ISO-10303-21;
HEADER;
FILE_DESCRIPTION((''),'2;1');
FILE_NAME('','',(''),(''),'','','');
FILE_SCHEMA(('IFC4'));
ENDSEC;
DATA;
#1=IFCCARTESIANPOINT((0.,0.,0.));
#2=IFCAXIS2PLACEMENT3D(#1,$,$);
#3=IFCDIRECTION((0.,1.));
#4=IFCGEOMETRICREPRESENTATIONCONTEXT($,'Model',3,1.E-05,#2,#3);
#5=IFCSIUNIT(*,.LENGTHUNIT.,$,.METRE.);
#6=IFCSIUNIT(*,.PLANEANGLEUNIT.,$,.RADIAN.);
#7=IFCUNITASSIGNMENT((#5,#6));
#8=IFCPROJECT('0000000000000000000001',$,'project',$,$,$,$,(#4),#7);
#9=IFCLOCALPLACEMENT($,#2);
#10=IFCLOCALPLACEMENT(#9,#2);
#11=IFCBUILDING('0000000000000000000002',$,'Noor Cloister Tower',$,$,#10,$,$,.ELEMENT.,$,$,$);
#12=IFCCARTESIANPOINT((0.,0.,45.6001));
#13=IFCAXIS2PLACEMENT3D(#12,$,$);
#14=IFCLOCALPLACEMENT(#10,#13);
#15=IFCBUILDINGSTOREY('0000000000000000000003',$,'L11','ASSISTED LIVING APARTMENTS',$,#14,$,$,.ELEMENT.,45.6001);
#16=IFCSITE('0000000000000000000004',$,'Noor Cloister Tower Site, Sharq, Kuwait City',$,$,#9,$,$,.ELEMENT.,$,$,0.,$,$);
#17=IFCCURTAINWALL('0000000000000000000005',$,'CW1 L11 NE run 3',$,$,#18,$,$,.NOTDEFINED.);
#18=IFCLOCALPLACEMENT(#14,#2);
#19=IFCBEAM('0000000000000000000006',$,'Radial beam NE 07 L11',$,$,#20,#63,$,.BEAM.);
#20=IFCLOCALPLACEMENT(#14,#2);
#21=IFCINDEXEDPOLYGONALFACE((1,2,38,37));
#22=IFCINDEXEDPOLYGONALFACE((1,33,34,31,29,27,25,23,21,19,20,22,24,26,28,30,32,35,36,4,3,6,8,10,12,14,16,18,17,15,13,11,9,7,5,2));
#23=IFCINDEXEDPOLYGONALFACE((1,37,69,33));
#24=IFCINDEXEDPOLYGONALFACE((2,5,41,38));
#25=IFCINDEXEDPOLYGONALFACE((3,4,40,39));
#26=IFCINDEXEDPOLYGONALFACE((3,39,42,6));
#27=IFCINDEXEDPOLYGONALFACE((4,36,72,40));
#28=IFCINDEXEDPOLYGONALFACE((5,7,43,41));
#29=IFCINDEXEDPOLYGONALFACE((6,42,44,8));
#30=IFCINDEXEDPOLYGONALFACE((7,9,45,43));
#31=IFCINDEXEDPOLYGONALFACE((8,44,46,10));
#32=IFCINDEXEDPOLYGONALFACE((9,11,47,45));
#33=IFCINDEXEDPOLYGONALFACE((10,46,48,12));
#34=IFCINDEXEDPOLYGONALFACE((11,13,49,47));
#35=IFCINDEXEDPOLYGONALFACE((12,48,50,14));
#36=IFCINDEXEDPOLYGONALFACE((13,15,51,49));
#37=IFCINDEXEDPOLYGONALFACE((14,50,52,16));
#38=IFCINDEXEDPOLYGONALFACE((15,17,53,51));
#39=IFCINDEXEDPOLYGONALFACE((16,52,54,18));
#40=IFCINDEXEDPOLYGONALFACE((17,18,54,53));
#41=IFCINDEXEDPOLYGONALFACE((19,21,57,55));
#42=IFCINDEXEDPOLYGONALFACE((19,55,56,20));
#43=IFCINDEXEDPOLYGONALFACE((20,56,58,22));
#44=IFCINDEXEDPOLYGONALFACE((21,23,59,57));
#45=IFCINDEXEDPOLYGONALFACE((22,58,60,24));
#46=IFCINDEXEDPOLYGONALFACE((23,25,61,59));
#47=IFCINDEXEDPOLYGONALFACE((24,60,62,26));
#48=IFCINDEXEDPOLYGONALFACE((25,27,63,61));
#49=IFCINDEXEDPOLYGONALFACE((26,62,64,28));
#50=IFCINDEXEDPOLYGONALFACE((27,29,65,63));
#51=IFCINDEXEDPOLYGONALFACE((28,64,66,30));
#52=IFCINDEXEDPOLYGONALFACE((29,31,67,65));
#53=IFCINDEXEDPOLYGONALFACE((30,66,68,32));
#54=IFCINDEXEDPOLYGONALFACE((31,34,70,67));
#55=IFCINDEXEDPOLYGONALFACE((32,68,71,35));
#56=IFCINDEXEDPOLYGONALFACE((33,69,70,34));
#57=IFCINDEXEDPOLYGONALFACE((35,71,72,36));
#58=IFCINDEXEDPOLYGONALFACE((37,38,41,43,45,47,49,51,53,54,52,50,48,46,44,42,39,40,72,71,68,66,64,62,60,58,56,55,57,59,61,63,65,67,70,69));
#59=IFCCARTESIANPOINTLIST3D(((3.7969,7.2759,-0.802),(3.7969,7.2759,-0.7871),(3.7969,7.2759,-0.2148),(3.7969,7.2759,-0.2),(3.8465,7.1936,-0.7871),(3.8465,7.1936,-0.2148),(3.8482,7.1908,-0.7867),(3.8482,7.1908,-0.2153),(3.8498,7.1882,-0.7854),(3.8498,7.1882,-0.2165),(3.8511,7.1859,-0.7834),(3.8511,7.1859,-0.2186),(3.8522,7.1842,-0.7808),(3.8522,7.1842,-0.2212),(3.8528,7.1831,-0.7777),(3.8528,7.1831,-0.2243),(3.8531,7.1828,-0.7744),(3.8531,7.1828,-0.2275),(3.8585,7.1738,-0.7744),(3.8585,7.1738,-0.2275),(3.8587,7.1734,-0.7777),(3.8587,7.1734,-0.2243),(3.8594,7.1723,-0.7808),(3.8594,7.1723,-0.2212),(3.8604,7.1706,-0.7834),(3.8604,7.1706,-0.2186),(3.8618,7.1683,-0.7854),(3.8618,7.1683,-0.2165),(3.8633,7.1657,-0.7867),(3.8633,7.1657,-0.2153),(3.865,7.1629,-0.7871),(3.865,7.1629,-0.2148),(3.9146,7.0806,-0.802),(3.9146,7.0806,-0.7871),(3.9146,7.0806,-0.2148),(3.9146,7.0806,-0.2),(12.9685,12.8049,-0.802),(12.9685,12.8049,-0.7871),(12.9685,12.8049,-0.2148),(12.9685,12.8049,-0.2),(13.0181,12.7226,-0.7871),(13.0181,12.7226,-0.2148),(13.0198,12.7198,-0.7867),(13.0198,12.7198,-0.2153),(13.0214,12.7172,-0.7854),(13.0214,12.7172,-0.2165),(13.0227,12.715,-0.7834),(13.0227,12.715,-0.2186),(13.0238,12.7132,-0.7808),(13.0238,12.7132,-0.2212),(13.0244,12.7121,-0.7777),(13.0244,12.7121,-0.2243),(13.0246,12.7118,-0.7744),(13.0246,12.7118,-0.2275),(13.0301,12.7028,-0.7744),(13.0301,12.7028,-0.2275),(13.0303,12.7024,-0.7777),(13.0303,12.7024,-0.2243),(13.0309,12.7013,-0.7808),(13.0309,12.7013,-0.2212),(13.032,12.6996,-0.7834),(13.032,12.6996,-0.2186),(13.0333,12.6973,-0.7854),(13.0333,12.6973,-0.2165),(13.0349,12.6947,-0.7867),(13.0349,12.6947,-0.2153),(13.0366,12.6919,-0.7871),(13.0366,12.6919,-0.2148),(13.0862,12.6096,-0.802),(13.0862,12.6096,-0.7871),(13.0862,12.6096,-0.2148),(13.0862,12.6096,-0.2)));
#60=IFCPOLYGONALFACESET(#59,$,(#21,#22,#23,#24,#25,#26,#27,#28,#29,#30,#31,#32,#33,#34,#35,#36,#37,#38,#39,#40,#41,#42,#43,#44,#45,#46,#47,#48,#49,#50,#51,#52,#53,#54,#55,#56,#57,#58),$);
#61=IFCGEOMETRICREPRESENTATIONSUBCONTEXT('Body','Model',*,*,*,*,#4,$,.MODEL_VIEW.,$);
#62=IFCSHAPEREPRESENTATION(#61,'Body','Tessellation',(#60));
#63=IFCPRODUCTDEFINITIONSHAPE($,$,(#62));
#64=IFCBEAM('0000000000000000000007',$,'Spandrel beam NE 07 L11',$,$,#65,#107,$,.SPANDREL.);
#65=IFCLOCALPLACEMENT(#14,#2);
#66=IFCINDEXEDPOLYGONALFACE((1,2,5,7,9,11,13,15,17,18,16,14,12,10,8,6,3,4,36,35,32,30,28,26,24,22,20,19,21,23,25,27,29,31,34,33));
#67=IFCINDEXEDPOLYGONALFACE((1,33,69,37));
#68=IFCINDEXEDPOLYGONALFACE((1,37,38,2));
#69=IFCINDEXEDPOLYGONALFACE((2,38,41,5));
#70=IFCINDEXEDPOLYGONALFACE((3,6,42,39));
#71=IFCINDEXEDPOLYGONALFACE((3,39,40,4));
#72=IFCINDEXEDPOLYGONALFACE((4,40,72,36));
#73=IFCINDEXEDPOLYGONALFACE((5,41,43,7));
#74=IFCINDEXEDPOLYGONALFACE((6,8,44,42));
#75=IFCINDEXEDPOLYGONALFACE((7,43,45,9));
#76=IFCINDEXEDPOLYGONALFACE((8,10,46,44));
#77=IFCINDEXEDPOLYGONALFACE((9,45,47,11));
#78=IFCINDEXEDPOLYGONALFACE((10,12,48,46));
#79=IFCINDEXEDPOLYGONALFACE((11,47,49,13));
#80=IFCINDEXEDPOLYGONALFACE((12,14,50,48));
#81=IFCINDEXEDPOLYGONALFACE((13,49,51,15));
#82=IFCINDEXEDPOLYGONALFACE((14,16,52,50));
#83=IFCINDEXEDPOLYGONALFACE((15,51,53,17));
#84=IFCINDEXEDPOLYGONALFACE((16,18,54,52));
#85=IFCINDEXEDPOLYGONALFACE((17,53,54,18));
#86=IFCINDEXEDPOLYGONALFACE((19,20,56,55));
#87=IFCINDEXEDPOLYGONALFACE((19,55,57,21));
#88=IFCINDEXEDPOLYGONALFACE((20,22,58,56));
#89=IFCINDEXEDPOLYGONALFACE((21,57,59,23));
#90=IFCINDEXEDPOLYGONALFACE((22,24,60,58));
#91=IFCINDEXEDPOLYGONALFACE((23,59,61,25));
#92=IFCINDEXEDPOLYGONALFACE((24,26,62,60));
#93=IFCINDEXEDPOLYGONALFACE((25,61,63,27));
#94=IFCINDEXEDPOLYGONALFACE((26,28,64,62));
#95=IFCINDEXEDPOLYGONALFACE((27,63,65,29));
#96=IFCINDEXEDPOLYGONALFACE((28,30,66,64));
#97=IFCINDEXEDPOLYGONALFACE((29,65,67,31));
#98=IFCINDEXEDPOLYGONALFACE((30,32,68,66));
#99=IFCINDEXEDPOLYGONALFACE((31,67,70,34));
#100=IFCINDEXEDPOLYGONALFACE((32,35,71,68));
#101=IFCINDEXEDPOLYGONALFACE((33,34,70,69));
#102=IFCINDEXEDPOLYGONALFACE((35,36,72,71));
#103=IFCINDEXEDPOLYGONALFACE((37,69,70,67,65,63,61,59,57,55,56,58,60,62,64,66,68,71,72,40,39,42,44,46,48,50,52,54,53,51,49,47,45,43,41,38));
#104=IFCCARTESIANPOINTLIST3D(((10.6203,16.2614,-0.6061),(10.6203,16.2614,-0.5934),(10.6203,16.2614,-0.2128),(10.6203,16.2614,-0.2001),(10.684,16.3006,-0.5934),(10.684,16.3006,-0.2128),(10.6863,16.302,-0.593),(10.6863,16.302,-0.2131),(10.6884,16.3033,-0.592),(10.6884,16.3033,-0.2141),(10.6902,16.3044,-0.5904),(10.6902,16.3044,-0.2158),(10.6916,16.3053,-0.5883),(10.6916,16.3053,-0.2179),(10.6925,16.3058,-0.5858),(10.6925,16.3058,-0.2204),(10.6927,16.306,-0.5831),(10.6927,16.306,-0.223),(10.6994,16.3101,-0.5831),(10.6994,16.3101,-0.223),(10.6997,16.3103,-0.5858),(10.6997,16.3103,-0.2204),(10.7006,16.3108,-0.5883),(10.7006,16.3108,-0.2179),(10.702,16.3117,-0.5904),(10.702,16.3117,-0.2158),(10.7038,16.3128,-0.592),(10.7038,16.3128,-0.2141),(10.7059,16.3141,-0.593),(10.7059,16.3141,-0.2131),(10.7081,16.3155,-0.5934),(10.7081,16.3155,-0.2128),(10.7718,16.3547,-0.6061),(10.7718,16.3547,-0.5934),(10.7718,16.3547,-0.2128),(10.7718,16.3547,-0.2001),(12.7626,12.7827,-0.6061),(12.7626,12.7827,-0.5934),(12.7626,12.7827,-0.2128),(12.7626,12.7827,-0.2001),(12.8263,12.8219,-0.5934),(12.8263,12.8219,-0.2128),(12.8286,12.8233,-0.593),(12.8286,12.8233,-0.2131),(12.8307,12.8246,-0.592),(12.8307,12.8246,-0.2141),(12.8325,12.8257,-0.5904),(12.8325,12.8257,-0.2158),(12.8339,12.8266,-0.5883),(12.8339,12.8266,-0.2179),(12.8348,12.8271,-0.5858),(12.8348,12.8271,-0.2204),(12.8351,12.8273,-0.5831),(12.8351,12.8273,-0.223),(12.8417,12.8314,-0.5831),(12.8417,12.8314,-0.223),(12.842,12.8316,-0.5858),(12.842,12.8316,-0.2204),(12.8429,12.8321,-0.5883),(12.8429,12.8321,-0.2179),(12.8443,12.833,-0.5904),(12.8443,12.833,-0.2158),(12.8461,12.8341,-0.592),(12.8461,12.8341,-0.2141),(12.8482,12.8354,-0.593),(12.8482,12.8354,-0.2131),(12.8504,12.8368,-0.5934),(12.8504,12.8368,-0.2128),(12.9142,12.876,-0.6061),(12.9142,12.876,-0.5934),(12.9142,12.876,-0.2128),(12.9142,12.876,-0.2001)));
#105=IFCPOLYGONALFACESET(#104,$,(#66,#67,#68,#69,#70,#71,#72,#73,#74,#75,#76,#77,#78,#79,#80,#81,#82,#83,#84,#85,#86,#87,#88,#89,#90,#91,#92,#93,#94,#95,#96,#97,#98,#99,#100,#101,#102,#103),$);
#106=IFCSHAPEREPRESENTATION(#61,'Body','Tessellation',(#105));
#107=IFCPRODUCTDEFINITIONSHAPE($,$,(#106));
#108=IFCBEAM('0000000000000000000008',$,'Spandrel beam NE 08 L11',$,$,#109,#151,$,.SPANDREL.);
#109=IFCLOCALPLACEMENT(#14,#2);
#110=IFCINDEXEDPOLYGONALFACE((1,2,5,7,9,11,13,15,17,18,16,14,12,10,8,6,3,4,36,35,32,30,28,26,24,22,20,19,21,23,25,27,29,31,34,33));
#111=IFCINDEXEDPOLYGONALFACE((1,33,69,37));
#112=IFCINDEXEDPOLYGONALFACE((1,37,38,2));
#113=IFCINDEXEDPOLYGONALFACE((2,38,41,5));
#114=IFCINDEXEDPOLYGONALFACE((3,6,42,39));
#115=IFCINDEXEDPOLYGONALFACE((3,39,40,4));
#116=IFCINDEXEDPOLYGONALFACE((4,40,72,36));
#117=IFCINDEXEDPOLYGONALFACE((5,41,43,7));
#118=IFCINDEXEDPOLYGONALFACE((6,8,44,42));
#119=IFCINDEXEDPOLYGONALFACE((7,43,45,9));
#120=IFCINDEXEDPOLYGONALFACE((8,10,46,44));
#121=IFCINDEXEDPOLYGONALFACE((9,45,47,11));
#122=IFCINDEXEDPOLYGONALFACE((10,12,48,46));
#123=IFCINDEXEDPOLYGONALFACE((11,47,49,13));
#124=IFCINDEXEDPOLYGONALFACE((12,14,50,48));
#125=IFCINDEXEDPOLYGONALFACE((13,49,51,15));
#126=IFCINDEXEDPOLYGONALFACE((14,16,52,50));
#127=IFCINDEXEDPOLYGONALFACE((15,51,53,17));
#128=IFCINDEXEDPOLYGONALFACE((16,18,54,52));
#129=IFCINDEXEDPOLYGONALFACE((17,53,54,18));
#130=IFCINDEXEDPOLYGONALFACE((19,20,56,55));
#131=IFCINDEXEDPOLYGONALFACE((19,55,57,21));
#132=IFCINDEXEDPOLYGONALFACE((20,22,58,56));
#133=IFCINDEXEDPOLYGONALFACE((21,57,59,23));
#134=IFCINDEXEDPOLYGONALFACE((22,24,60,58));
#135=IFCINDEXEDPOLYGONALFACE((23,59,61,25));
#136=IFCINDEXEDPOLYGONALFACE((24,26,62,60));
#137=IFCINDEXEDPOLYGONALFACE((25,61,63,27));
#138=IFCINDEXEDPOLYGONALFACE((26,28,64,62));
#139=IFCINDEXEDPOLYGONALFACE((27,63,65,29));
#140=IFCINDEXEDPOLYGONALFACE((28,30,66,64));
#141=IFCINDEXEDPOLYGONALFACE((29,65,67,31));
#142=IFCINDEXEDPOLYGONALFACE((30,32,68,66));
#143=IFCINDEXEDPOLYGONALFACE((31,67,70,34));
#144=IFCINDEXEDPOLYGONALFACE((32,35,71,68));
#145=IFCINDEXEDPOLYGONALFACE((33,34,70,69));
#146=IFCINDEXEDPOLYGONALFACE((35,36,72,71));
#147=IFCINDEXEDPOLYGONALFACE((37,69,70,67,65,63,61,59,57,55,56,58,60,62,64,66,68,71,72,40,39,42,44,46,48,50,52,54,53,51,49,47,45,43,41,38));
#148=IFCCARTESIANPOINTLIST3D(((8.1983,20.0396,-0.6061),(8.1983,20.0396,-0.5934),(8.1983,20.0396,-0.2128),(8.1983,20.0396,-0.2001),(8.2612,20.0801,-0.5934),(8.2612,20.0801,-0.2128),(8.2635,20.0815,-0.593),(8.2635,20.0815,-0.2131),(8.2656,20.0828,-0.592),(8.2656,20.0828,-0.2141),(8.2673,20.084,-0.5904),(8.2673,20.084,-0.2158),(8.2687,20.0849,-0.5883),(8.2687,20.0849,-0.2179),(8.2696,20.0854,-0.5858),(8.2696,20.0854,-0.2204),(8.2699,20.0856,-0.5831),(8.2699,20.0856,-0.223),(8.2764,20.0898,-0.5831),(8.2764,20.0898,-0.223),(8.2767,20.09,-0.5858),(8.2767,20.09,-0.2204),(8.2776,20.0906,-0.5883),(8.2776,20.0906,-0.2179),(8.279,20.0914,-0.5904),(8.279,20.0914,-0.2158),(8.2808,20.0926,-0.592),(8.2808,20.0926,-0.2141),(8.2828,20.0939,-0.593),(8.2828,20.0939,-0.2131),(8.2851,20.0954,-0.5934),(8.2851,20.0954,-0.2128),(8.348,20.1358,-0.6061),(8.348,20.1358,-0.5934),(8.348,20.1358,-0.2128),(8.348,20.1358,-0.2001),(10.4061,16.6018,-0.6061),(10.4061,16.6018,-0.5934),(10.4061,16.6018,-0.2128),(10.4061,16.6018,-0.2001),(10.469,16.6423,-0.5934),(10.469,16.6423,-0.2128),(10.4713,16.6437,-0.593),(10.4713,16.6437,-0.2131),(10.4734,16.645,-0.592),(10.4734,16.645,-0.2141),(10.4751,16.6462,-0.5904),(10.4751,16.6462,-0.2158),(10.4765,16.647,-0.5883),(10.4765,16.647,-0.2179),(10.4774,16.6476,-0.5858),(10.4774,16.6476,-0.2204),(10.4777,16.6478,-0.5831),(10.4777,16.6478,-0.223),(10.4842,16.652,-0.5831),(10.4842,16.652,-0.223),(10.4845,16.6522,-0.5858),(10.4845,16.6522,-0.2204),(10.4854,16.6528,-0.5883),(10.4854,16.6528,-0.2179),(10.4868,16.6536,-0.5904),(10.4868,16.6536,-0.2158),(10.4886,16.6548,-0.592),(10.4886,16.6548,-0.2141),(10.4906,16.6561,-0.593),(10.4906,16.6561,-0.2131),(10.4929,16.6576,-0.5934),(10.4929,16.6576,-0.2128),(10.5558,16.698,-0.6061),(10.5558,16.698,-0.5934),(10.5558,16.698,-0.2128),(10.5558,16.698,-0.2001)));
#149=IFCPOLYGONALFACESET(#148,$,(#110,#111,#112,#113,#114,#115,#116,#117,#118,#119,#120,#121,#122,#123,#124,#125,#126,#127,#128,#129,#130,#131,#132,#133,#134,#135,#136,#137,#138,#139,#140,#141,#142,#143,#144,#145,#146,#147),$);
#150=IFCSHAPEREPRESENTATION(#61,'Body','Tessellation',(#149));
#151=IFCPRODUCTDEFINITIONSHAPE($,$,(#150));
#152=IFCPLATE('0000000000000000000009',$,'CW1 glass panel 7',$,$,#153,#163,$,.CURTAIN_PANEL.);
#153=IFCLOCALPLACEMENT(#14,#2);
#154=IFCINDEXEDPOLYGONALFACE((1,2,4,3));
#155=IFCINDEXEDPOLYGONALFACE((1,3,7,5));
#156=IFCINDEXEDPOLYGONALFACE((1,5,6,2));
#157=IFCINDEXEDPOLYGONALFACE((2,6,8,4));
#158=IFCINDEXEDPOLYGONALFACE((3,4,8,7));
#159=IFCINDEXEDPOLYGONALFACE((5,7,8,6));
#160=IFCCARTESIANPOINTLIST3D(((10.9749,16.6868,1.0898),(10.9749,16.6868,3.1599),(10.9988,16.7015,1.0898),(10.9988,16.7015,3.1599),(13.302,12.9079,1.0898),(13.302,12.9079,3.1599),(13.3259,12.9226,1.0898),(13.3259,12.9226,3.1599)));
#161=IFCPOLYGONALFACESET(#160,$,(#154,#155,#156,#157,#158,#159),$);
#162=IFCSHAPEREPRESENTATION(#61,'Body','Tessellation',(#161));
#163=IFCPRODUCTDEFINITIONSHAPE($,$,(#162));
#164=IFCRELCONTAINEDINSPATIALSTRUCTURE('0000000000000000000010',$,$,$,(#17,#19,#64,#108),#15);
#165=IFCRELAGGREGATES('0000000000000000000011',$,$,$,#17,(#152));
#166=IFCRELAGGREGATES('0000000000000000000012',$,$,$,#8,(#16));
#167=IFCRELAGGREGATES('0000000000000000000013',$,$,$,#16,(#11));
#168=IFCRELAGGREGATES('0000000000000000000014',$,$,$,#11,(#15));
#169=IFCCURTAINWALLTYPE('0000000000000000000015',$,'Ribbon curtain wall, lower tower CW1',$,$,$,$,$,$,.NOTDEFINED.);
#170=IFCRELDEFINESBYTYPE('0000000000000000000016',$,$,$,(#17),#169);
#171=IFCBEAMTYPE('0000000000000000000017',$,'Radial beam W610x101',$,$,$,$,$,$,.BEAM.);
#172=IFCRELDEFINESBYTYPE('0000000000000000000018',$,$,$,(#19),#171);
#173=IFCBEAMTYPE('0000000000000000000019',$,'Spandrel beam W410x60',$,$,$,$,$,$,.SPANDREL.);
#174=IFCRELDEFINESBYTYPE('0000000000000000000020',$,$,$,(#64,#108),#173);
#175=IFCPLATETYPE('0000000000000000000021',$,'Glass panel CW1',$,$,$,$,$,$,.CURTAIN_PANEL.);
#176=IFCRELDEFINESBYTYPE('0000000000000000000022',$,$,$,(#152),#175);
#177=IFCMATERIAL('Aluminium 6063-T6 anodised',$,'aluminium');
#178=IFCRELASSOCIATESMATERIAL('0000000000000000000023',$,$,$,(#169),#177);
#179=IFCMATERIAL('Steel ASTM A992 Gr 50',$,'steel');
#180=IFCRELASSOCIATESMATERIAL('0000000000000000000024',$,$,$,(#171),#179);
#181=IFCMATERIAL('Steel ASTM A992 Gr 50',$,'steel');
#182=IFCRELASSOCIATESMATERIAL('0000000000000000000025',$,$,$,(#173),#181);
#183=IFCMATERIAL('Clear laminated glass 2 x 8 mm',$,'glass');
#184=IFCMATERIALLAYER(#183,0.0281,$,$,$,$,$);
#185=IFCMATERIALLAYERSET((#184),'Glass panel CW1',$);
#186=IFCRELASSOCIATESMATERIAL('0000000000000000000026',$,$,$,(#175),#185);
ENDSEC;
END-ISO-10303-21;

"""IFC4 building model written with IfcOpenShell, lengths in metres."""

from ifc_helpers import new_model, si_unit, direction, frame, origin, origin_2d, place, context, subcontext, project, spatial, rectangle, i_section, extrude, material, layer, layer_set, material_profile, profile_set, type_object, element, aggregate, save


model = new_model("IFC4")

# Units and contexts
model_context = context("Model", 3, precision=1e-05, world=origin(), true_north=direction((0.0, 1.0)))
body_context = subcontext(model_context, "Body", "Model", "MODEL_VIEW")
ifc_project = project(units=[si_unit("LENGTHUNIT", "METRE"), si_unit("PLANEANGLEUNIT", "RADIAN")], contexts=[model_context])

# Site, building, storey
site_placement = place(None, origin())
site = spatial("IfcSite", under=ifc_project, at=site_placement, Name="Noor Cloister Tower Site, Sharq, Kuwait City", CompositionType="ELEMENT", RefElevation=0.0)
building_placement = place(site_placement, origin())
building = spatial("IfcBuilding", under=site, at=building_placement, Name="Noor Cloister Tower", CompositionType="ELEMENT")
storey_placement = place(building_placement, frame((0.0, 0.0, 45.6001)))
storey = spatial("IfcBuildingStorey", under=building, at=storey_placement, Name="L11", Description="ASSISTED LIVING APARTMENTS", CompositionType="ELEMENT", Elevation=45.6001)

# Curtain wall
ifc_material_1 = material(Name="Aluminium 6063-T6 anodised", Category="aluminium")
curtain_wall_type = type_object("IfcCurtainWallType", Name="Ribbon curtain wall, lower tower CW1", PredefinedType="NOTDEFINED", material=ifc_material_1)
curtain_wall_placement = place(storey_placement, origin())
curtain_wall = element("IfcCurtainWall", 1, at=curtain_wall_placement, inside=storey, type_object=curtain_wall_type, Name="CW1 L11 NE run 3", PredefinedType="NOTDEFINED")

# Beams
ifc_material_2 = material(Name="Steel ASTM A992 Gr 50", Category="steel")
ifc_material_profile_1 = material_profile(ifc_material_2, i_section(OverallWidth=0.228, OverallDepth=0.6021, WebThickness=0.0105, FlangeThickness=0.0149, FilletRadius=0.0127, at=origin_2d()), Name="W610x101")
ifc_profile_set_1 = profile_set([ifc_material_profile_1], Name="Steel ASTM A992 Gr 50")
beam_type_1 = type_object("IfcBeamType", Name="Radial beam W610x101", PredefinedType="BEAM", material=ifc_profile_set_1)
beam_1_placement = place(storey_placement, frame((13.0273, 12.7073, -0.501), z_axis=(-0.856417, -0.516285, 0.0), x_axis=(0.516285, -0.856417, 0.0)))
element("IfcBeam", 2, at=beam_1_placement, inside=storey, type_object=beam_type_1, Name="Radial beam NE 07 L11", PredefinedType="BEAM", context=body_context, shape_type="SweptSolid", body=[
    extrude(i_section(OverallWidth=0.228, OverallDepth=0.6021, WebThickness=0.0105, FlangeThickness=0.0149, FilletRadius=0.0127, at=origin_2d()), origin(), (0.0, 0.0, 1.0), 10.7092),
])
ifc_material_3 = material(Name="Steel ASTM A992 Gr 50", Category="steel")
ifc_material_profile_2 = material_profile(ifc_material_3, i_section(OverallWidth=0.178, OverallDepth=0.406, WebThickness=0.0078, FlangeThickness=0.0127, FilletRadius=0.0103, at=origin_2d()), Name="W410x60")
ifc_profile_set_2 = profile_set([ifc_material_profile_2], Name="Steel ASTM A992 Gr 50")
beam_type_2 = type_object("IfcBeamType", Name="Spandrel beam W410x60", PredefinedType="SPANDREL", material=ifc_profile_set_2)
beam_2_placement = place(storey_placement, frame((12.8384, 12.8293, -0.4031), z_axis=(-0.524374, 0.851488, 0.0), x_axis=(-0.851488, -0.524374, 0.0)))
element("IfcBeam", 3, at=beam_2_placement, inside=storey, type_object=beam_type_2, Name="Spandrel beam NE 07 L11", PredefinedType="SPANDREL", context=body_context, shape_type="SweptSolid", body=[
    extrude(i_section(OverallWidth=0.178, OverallDepth=0.406, WebThickness=0.0078, FlangeThickness=0.0127, FilletRadius=0.0103, at=origin_2d()), origin(), (0.0, 0.0, 1.0), 4.0854),
])
beam_3_placement = place(storey_placement, frame((10.481, 16.6499, -0.4031), z_axis=(-0.540374, 0.841425, 0.0), x_axis=(-0.841425, -0.540374, 0.0)))
element("IfcBeam", 4, at=beam_3_placement, inside=storey, type_object=beam_type_2, Name="Spandrel beam NE 08 L11", PredefinedType="SPANDREL", context=body_context, shape_type="SweptSolid", body=[
    extrude(i_section(OverallWidth=0.178, OverallDepth=0.406, WebThickness=0.0078, FlangeThickness=0.0127, FilletRadius=0.0103, at=origin_2d()), origin(), (0.0, 0.0, 1.0), 4.0857),
])

# Plate
ifc_material_4 = material(Name="Clear laminated glass 2 x 8 mm", Category="glass")
ifc_layer_1 = layer(ifc_material_4, 0.0281)
ifc_layer_set_1 = layer_set([ifc_layer_1], Name="Glass panel CW1")
plate_type = type_object("IfcPlateType", Name="Glass panel CW1", PredefinedType="CURTAIN_PANEL", material=ifc_layer_set_1)
plate_placement = place(storey_placement, frame((12.1504, 14.8047, 1.0898), z_axis=(0.0, 0.0, 1.0), x_axis=(-0.524368, 0.851492, 0.0)))
plate = element("IfcPlate", 5, at=plate_placement, type_object=plate_type, Name="CW1 glass panel 7", PredefinedType="CURTAIN_PANEL", context=body_context, shape_type="SweptSolid", body=[
    extrude(rectangle(XDim=4.438, YDim=0.0281, at=origin_2d()), origin(), (0.0, 0.0, 1.0), 2.0701),
])
aggregate(curtain_wall, [plate])

save(model, "model.ifc")
